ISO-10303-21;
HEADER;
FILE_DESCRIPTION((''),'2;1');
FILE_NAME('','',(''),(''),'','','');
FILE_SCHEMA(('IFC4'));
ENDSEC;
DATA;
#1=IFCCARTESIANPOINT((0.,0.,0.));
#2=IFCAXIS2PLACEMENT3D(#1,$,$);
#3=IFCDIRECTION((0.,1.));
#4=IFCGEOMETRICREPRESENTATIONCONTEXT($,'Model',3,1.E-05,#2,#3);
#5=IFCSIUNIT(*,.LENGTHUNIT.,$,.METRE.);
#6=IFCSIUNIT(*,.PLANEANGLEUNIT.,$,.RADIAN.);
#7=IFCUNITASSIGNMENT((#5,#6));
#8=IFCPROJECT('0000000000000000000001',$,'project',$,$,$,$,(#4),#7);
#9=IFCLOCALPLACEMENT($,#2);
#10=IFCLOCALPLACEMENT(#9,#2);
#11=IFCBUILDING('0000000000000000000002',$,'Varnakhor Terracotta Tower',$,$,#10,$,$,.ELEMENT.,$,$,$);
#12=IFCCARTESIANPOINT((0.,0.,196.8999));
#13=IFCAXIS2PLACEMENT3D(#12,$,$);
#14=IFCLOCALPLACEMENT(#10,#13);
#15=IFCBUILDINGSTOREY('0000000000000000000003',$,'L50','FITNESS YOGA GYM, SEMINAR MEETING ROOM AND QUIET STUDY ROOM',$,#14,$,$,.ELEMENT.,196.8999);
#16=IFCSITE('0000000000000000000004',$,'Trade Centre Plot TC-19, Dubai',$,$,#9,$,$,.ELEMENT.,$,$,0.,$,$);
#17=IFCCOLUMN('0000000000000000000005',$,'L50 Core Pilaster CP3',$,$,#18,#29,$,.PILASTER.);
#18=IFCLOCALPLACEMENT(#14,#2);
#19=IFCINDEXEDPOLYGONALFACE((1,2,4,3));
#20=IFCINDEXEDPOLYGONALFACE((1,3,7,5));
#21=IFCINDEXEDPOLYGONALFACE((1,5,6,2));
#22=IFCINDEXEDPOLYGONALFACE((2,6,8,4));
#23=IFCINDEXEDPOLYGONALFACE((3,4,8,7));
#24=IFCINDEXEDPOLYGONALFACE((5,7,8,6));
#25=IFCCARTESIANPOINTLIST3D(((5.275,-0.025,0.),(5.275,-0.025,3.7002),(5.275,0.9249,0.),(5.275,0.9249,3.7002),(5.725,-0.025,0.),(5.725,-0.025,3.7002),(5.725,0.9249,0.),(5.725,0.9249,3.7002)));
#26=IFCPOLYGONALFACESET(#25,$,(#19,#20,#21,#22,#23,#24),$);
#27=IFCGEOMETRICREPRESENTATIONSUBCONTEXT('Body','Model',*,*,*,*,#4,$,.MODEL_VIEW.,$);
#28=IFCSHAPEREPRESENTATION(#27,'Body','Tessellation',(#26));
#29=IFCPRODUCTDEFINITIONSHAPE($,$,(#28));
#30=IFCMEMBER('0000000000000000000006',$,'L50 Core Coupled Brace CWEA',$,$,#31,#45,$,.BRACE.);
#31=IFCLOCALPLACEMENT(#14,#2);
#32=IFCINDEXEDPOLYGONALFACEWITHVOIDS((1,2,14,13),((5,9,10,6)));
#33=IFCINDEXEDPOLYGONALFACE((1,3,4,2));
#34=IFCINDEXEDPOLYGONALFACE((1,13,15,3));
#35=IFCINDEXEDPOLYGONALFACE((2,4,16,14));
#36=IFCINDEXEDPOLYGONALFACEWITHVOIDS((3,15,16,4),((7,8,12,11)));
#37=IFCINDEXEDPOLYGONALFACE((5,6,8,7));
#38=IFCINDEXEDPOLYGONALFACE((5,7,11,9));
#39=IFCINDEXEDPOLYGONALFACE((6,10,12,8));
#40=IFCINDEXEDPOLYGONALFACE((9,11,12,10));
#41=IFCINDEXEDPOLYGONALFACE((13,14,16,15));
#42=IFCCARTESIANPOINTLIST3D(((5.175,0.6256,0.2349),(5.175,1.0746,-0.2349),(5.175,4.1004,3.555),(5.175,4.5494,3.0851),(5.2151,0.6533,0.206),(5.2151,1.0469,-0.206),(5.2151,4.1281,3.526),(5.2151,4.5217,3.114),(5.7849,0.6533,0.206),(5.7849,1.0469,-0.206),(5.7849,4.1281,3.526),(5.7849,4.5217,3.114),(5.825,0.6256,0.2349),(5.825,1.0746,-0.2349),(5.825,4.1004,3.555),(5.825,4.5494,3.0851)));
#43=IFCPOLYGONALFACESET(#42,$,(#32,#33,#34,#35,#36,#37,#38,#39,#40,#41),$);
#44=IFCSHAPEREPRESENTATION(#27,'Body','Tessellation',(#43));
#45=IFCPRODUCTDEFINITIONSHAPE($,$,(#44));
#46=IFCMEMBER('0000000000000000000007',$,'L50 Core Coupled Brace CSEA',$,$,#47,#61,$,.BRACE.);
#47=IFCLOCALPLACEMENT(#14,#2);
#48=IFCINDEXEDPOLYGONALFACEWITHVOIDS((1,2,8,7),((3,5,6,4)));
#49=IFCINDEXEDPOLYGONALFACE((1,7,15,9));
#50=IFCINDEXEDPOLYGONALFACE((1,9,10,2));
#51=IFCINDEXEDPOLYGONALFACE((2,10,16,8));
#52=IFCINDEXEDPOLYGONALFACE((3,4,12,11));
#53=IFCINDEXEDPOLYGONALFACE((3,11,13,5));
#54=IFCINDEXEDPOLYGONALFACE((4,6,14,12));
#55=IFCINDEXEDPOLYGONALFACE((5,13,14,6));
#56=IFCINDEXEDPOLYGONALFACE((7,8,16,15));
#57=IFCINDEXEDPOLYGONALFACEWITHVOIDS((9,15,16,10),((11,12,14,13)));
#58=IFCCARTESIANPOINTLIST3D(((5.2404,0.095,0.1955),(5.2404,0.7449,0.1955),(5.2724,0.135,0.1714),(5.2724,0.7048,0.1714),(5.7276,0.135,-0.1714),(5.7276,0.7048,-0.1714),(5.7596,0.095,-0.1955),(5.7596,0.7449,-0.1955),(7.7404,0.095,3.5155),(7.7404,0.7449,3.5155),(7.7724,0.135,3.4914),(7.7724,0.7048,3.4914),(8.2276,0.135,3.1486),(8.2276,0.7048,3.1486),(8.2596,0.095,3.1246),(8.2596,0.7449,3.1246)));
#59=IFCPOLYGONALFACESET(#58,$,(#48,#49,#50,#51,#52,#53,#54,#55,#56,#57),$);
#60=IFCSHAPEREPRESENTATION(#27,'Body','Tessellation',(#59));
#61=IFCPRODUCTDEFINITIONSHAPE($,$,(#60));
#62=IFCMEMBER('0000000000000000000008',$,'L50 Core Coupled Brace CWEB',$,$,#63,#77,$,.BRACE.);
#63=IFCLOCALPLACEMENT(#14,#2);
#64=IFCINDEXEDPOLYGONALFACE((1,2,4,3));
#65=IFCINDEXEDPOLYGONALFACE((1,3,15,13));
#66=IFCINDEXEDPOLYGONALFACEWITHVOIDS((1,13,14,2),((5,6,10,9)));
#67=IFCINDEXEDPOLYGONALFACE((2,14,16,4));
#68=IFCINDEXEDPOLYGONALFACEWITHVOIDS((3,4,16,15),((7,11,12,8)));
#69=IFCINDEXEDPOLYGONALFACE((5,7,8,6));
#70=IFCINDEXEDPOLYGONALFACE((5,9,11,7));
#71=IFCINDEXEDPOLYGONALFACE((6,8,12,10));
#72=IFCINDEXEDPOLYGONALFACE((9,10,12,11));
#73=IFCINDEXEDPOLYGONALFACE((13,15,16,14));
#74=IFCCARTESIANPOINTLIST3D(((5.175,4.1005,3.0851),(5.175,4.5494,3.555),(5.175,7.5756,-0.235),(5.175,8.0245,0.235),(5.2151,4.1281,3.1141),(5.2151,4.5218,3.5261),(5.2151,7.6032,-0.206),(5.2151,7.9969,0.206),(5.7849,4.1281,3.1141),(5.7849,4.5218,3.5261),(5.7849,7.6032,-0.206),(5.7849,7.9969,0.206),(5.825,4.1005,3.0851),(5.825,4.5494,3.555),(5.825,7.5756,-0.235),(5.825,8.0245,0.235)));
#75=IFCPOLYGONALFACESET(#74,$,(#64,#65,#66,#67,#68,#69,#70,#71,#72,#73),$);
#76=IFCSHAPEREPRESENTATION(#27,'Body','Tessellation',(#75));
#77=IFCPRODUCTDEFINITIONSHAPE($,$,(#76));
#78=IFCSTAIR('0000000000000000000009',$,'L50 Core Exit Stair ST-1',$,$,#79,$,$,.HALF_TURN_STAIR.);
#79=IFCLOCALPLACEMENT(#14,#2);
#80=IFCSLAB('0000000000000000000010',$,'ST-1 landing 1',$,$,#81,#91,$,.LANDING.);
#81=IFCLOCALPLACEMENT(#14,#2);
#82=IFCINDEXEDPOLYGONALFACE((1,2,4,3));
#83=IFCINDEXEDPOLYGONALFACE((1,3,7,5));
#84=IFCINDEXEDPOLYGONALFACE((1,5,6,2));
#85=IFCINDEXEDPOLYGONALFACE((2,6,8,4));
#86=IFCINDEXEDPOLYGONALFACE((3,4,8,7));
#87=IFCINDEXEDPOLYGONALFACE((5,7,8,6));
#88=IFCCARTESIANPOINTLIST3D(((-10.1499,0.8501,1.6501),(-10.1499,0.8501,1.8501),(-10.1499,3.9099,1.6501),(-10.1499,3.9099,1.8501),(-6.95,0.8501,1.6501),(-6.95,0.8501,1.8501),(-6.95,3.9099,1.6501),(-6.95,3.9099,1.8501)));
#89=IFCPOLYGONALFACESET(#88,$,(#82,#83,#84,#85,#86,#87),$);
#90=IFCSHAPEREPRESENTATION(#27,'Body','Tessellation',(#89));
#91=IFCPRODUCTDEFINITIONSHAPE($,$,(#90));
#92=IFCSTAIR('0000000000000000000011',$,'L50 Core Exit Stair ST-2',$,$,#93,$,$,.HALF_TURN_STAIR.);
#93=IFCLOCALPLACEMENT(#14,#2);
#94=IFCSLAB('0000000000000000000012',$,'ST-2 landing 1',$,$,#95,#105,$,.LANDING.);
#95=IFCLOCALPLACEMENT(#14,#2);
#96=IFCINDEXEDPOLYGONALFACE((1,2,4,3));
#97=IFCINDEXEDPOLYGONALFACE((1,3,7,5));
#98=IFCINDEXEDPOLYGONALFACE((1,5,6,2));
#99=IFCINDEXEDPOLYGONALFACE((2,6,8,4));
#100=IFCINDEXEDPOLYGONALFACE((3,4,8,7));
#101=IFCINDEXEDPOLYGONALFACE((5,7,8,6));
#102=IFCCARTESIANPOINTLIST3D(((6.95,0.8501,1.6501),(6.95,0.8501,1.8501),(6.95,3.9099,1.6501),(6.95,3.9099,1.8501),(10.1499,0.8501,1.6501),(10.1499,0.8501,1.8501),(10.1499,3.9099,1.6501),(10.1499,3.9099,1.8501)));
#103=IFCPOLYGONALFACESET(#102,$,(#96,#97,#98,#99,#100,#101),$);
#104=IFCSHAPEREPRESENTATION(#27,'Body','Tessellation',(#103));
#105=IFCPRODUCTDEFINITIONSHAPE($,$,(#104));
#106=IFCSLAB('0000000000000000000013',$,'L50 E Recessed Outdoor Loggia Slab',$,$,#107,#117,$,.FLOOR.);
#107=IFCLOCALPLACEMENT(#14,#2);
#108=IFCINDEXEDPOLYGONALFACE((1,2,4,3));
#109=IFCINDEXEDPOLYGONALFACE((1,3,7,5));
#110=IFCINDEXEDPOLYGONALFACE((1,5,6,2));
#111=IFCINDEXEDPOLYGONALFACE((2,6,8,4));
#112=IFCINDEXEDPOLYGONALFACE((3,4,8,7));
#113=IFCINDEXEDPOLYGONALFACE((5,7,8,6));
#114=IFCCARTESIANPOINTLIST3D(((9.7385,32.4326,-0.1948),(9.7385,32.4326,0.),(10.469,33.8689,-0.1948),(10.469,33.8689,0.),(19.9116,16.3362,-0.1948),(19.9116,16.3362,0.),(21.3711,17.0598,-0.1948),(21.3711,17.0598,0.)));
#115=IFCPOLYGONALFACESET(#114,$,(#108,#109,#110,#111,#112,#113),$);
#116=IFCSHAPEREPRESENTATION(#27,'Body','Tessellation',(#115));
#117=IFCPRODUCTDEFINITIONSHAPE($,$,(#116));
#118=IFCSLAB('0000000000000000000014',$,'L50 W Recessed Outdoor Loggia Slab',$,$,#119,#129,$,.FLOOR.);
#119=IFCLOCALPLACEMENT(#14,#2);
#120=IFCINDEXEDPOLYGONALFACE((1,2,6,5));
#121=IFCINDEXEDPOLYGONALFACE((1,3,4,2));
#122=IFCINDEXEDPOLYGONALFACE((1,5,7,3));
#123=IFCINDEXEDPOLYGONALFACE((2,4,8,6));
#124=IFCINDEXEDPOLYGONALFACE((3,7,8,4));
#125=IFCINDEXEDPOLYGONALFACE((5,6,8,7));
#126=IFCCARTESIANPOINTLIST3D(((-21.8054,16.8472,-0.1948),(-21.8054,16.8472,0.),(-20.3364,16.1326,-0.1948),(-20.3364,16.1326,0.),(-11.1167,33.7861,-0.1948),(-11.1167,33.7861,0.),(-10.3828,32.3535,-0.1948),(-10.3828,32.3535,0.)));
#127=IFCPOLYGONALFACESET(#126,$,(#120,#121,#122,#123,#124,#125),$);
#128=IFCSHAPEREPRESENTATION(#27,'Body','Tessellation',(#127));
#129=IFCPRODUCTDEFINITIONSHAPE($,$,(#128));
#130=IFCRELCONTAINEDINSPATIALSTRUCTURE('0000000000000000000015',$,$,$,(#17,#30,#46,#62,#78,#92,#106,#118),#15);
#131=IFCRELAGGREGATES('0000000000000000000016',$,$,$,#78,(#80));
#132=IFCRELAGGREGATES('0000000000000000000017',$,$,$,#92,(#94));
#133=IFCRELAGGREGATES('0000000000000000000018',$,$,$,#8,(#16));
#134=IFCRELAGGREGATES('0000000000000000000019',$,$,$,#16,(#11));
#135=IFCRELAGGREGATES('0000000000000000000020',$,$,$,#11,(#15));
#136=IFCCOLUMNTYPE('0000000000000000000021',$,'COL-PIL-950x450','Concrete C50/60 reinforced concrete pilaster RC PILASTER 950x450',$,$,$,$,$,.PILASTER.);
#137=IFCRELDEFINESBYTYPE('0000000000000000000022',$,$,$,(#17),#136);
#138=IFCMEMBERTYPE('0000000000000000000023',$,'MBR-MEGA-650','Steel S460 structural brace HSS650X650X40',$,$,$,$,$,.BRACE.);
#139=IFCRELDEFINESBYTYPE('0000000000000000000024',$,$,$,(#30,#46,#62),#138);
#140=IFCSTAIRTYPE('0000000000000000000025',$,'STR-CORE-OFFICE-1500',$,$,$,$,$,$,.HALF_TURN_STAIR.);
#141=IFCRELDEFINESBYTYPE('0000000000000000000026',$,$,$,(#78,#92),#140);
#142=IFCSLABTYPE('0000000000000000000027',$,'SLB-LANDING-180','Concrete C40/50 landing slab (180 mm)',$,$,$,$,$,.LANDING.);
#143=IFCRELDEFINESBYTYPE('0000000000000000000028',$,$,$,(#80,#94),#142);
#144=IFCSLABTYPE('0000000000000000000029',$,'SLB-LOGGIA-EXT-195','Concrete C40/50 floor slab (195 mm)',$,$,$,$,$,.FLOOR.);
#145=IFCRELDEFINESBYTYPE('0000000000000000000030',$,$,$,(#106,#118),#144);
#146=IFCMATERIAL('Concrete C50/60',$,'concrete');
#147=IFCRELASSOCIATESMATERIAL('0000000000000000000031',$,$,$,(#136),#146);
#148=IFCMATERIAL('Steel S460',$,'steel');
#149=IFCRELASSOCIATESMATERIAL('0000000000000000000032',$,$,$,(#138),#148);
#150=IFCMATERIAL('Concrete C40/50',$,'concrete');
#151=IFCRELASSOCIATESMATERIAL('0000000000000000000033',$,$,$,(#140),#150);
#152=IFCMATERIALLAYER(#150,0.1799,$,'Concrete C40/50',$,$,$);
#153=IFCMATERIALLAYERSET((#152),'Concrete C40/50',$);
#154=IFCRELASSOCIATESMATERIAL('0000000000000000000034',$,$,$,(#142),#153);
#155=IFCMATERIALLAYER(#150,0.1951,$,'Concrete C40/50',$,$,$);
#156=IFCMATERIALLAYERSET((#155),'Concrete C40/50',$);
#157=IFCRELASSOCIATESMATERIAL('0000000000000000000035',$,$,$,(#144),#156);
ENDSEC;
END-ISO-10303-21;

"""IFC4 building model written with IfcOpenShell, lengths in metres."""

from ifc_helpers import new_model, si_unit, direction, frame, origin, origin_2d, place, context, subcontext, project, spatial, polyline, rectangle, hollow_rectangle, outline, extrude, source, transform, mapped, material, layer, layer_set, material_profile, profile_set, type_object, element, aggregate, save


model = new_model("IFC4")

# Units and contexts
model_context = context("Model", 3, precision=1e-05, world=origin(), true_north=direction((0.0, 1.0)))
body_context = subcontext(model_context, "Body", "Model", "MODEL_VIEW")
ifc_project = project(units=[si_unit("LENGTHUNIT", "METRE"), si_unit("PLANEANGLEUNIT", "RADIAN")], contexts=[model_context])

# Site, building, storey
site_placement = place(None, origin())
site = spatial("IfcSite", under=ifc_project, at=site_placement, Name="Trade Centre Plot TC-19, Dubai", CompositionType="ELEMENT", RefElevation=0.0)
building_placement = place(site_placement, origin())
building = spatial("IfcBuilding", under=site, at=building_placement, Name="Varnakhor Terracotta Tower", CompositionType="ELEMENT")
storey_placement = place(building_placement, frame((0.0, 0.0, 196.8999)))
storey = spatial("IfcBuildingStorey", under=building, at=storey_placement, Name="L50", Description="FITNESS YOGA GYM, SEMINAR MEETING ROOM AND QUIET STUDY ROOM", CompositionType="ELEMENT", Elevation=196.8999)

# Column
ifc_material_1 = material(Name="Concrete C50/60", Category="concrete")
ifc_material_profile_1 = material_profile(ifc_material_1, rectangle(XDim=0.45, YDim=0.95, at=origin_2d()), Name="RC PILASTER 950x450")
ifc_profile_set_1 = profile_set([ifc_material_profile_1], Name="Concrete C50/60")
column_type = type_object("IfcColumnType", Name="COL-PIL-950x450", Description="Concrete C50/60 reinforced concrete pilaster RC PILASTER 950x450", PredefinedType="PILASTER", material=ifc_profile_set_1)
shared_shape_1 = source(origin(), body_context, "Body", "SweptSolid", [
    extrude(rectangle(XDim=0.45, YDim=0.95, at=origin_2d()), origin(), (0.0, 0.0, 1.0), 3.7002),
])
column_placement = place(storey_placement, frame((5.5, 0.45, 0.0), z_axis=(0.0, 0.0, 1.0), x_axis=(1.0, 0.0, 0.0)))
element("IfcColumn", 1, at=column_placement, inside=storey, type_object=column_type, Name="L50 Core Pilaster CP3", PredefinedType="PILASTER", context=body_context, shape_type="MappedRepresentation", body=[
    mapped(shared_shape_1, transform((0.0, 0.0, 0.0), scale=1.0)),
])

# Members
ifc_material_2 = material(Name="Steel S460", Category="steel")
ifc_material_profile_2 = material_profile(ifc_material_2, hollow_rectangle(XDim=0.6499, YDim=0.6499, WallThickness=0.04, at=origin_2d()), Name="HSS650X650X40")
ifc_profile_set_2 = profile_set([ifc_material_profile_2], Name="Steel S460")
member_type = type_object("IfcMemberType", Name="MBR-MEGA-650", Description="Steel S460 structural brace HSS650X650X40", PredefinedType="BRACE", material=ifc_profile_set_2)
shared_shape_2 = source(origin(), body_context, "Body", "SweptSolid", [
    extrude(hollow_rectangle(XDim=0.6499, YDim=0.6499, WallThickness=0.04, at=origin_2d()), origin(), (0.0, 0.0, 1.0), 4.8059),
])
member_1_placement = place(storey_placement, frame((5.5, 0.8501, 0.0), z_axis=(0.0, 0.723027, 0.69082), x_axis=(-1.0, 0.0, 0.0)))
element("IfcMember", 2, at=member_1_placement, inside=storey, type_object=member_type, Name="L50 Core Coupled Brace CWEA", PredefinedType="BRACE", context=body_context, shape_type="MappedRepresentation", body=[
    mapped(shared_shape_2, transform((0.0, 0.0, 0.0), scale=1.0)),
])
shared_shape_3 = source(origin(), body_context, "Body", "SweptSolid", [
    extrude(hollow_rectangle(XDim=0.6499, YDim=0.6499, WallThickness=0.04, at=origin_2d()), origin(), (0.0, 0.0, 1.0), 4.156),
])
member_2_placement = place(storey_placement, frame((5.5, 0.4199, 0.0), z_axis=(0.601531, 0.0, 0.79885), x_axis=(0.0, 1.0, 0.0)))
element("IfcMember", 3, at=member_2_placement, inside=storey, type_object=member_type, Name="L50 Core Coupled Brace CSEA", PredefinedType="BRACE", context=body_context, shape_type="MappedRepresentation", body=[
    mapped(shared_shape_3, transform((0.0, 0.0, 0.0), scale=1.0)),
])
shared_shape_4 = source(origin(), body_context, "Body", "SweptSolid", [
    extrude(hollow_rectangle(XDim=0.6499, YDim=0.6499, WallThickness=0.04, at=origin_2d()), origin(), (0.0, 0.0, 1.0), 4.8062),
])
member_3_placement = place(storey_placement, frame((5.5, 7.8, 0.0), z_axis=(0.0, -0.723051, 0.690795), x_axis=(1.0, 0.0, 0.0)))
element("IfcMember", 4, at=member_3_placement, inside=storey, type_object=member_type, Name="L50 Core Coupled Brace CWEB", PredefinedType="BRACE", context=body_context, shape_type="MappedRepresentation", body=[
    mapped(shared_shape_4, transform((0.0, 0.0, 0.0), scale=1.0)),
])

# Stairs, slabs
ifc_material_3 = material(Name="Concrete C40/50", Category="concrete")
stair_type = type_object("IfcStairType", Name="STR-CORE-OFFICE-1500", PredefinedType="HALF_TURN_STAIR", material=ifc_material_3)
stair_1_placement = place(storey_placement, origin())
stair_1 = element("IfcStair", 5, at=stair_1_placement, inside=storey, type_object=stair_type, Name="L50 Core Exit Stair ST-1", PredefinedType="HALF_TURN_STAIR")
ifc_layer_1 = layer(ifc_material_3, 0.1799, Name="Concrete C40/50")
ifc_layer_set_1 = layer_set([ifc_layer_1], Name="Concrete C40/50")
slab_type_1 = type_object("IfcSlabType", Name="SLB-LANDING-180", Description="Concrete C40/50 landing slab (180 mm)", PredefinedType="LANDING", material=ifc_layer_set_1)
slab_1_placement = place(storey_placement, frame((0.0, 0.0, 1.6501)))
slab_1 = element("IfcSlab", 6, at=slab_1_placement, type_object=slab_type_1, Name="ST-1 landing 1", PredefinedType="LANDING", context=body_context, shape_type="SweptSolid", body=[
    extrude(outline(polyline([(-10.1499, 3.9099), (-10.1499, 0.8501), (-6.95, 0.8501), (-6.95, 3.9099), (-10.1499, 3.9099)])), origin(), (0.0, 0.0, 1.0), 0.2),
])
aggregate(stair_1, [slab_1])
stair_2_placement = place(storey_placement, origin())
stair_2 = element("IfcStair", 7, at=stair_2_placement, inside=storey, type_object=stair_type, Name="L50 Core Exit Stair ST-2", PredefinedType="HALF_TURN_STAIR")
slab_2_placement = place(storey_placement, frame((0.0, 0.0, 1.6501)))
slab_2 = element("IfcSlab", 8, at=slab_2_placement, type_object=slab_type_1, Name="ST-2 landing 1", PredefinedType="LANDING", context=body_context, shape_type="SweptSolid", body=[
    extrude(outline(polyline([(6.95, 3.9099), (6.95, 0.8501), (10.1499, 0.8501), (10.1499, 3.9099), (6.95, 3.9099)])), origin(), (0.0, 0.0, 1.0), 0.2),
])

# Slabs
ifc_layer_2 = layer(ifc_material_3, 0.1951, Name="Concrete C40/50")
ifc_layer_set_2 = layer_set([ifc_layer_2], Name="Concrete C40/50")
slab_type_2 = type_object("IfcSlabType", Name="SLB-LOGGIA-EXT-195", Description="Concrete C40/50 floor slab (195 mm)", PredefinedType="FLOOR", material=ifc_layer_set_2)
slab_3_placement = place(storey_placement, frame((0.0, 0.0, -0.1948)))
element("IfcSlab", 9, at=slab_3_placement, inside=storey, type_object=slab_type_2, Name="L50 E Recessed Outdoor Loggia Slab", PredefinedType="FLOOR", context=body_context, shape_type="SweptSolid", body=[
    extrude(outline(polyline([(10.469, 33.8689), (21.3711, 17.0598), (19.9116, 16.3362), (9.7385, 32.4326), (10.469, 33.8689)])), origin(), (0.0, 0.0, 1.0), 0.1948),
])
slab_4_placement = place(storey_placement, frame((0.0, 0.0, -0.1948)))
element("IfcSlab", 10, at=slab_4_placement, inside=storey, type_object=slab_type_2, Name="L50 W Recessed Outdoor Loggia Slab", PredefinedType="FLOOR", context=body_context, shape_type="SweptSolid", body=[
    extrude(outline(polyline([(-21.8054, 16.8472), (-11.1167, 33.7861), (-10.3828, 32.3535), (-20.3364, 16.1326), (-21.8054, 16.8472)])), origin(), (0.0, 0.0, 1.0), 0.1948),
])

aggregate(stair_2, [slab_2])

save(model, "model.ifc")
